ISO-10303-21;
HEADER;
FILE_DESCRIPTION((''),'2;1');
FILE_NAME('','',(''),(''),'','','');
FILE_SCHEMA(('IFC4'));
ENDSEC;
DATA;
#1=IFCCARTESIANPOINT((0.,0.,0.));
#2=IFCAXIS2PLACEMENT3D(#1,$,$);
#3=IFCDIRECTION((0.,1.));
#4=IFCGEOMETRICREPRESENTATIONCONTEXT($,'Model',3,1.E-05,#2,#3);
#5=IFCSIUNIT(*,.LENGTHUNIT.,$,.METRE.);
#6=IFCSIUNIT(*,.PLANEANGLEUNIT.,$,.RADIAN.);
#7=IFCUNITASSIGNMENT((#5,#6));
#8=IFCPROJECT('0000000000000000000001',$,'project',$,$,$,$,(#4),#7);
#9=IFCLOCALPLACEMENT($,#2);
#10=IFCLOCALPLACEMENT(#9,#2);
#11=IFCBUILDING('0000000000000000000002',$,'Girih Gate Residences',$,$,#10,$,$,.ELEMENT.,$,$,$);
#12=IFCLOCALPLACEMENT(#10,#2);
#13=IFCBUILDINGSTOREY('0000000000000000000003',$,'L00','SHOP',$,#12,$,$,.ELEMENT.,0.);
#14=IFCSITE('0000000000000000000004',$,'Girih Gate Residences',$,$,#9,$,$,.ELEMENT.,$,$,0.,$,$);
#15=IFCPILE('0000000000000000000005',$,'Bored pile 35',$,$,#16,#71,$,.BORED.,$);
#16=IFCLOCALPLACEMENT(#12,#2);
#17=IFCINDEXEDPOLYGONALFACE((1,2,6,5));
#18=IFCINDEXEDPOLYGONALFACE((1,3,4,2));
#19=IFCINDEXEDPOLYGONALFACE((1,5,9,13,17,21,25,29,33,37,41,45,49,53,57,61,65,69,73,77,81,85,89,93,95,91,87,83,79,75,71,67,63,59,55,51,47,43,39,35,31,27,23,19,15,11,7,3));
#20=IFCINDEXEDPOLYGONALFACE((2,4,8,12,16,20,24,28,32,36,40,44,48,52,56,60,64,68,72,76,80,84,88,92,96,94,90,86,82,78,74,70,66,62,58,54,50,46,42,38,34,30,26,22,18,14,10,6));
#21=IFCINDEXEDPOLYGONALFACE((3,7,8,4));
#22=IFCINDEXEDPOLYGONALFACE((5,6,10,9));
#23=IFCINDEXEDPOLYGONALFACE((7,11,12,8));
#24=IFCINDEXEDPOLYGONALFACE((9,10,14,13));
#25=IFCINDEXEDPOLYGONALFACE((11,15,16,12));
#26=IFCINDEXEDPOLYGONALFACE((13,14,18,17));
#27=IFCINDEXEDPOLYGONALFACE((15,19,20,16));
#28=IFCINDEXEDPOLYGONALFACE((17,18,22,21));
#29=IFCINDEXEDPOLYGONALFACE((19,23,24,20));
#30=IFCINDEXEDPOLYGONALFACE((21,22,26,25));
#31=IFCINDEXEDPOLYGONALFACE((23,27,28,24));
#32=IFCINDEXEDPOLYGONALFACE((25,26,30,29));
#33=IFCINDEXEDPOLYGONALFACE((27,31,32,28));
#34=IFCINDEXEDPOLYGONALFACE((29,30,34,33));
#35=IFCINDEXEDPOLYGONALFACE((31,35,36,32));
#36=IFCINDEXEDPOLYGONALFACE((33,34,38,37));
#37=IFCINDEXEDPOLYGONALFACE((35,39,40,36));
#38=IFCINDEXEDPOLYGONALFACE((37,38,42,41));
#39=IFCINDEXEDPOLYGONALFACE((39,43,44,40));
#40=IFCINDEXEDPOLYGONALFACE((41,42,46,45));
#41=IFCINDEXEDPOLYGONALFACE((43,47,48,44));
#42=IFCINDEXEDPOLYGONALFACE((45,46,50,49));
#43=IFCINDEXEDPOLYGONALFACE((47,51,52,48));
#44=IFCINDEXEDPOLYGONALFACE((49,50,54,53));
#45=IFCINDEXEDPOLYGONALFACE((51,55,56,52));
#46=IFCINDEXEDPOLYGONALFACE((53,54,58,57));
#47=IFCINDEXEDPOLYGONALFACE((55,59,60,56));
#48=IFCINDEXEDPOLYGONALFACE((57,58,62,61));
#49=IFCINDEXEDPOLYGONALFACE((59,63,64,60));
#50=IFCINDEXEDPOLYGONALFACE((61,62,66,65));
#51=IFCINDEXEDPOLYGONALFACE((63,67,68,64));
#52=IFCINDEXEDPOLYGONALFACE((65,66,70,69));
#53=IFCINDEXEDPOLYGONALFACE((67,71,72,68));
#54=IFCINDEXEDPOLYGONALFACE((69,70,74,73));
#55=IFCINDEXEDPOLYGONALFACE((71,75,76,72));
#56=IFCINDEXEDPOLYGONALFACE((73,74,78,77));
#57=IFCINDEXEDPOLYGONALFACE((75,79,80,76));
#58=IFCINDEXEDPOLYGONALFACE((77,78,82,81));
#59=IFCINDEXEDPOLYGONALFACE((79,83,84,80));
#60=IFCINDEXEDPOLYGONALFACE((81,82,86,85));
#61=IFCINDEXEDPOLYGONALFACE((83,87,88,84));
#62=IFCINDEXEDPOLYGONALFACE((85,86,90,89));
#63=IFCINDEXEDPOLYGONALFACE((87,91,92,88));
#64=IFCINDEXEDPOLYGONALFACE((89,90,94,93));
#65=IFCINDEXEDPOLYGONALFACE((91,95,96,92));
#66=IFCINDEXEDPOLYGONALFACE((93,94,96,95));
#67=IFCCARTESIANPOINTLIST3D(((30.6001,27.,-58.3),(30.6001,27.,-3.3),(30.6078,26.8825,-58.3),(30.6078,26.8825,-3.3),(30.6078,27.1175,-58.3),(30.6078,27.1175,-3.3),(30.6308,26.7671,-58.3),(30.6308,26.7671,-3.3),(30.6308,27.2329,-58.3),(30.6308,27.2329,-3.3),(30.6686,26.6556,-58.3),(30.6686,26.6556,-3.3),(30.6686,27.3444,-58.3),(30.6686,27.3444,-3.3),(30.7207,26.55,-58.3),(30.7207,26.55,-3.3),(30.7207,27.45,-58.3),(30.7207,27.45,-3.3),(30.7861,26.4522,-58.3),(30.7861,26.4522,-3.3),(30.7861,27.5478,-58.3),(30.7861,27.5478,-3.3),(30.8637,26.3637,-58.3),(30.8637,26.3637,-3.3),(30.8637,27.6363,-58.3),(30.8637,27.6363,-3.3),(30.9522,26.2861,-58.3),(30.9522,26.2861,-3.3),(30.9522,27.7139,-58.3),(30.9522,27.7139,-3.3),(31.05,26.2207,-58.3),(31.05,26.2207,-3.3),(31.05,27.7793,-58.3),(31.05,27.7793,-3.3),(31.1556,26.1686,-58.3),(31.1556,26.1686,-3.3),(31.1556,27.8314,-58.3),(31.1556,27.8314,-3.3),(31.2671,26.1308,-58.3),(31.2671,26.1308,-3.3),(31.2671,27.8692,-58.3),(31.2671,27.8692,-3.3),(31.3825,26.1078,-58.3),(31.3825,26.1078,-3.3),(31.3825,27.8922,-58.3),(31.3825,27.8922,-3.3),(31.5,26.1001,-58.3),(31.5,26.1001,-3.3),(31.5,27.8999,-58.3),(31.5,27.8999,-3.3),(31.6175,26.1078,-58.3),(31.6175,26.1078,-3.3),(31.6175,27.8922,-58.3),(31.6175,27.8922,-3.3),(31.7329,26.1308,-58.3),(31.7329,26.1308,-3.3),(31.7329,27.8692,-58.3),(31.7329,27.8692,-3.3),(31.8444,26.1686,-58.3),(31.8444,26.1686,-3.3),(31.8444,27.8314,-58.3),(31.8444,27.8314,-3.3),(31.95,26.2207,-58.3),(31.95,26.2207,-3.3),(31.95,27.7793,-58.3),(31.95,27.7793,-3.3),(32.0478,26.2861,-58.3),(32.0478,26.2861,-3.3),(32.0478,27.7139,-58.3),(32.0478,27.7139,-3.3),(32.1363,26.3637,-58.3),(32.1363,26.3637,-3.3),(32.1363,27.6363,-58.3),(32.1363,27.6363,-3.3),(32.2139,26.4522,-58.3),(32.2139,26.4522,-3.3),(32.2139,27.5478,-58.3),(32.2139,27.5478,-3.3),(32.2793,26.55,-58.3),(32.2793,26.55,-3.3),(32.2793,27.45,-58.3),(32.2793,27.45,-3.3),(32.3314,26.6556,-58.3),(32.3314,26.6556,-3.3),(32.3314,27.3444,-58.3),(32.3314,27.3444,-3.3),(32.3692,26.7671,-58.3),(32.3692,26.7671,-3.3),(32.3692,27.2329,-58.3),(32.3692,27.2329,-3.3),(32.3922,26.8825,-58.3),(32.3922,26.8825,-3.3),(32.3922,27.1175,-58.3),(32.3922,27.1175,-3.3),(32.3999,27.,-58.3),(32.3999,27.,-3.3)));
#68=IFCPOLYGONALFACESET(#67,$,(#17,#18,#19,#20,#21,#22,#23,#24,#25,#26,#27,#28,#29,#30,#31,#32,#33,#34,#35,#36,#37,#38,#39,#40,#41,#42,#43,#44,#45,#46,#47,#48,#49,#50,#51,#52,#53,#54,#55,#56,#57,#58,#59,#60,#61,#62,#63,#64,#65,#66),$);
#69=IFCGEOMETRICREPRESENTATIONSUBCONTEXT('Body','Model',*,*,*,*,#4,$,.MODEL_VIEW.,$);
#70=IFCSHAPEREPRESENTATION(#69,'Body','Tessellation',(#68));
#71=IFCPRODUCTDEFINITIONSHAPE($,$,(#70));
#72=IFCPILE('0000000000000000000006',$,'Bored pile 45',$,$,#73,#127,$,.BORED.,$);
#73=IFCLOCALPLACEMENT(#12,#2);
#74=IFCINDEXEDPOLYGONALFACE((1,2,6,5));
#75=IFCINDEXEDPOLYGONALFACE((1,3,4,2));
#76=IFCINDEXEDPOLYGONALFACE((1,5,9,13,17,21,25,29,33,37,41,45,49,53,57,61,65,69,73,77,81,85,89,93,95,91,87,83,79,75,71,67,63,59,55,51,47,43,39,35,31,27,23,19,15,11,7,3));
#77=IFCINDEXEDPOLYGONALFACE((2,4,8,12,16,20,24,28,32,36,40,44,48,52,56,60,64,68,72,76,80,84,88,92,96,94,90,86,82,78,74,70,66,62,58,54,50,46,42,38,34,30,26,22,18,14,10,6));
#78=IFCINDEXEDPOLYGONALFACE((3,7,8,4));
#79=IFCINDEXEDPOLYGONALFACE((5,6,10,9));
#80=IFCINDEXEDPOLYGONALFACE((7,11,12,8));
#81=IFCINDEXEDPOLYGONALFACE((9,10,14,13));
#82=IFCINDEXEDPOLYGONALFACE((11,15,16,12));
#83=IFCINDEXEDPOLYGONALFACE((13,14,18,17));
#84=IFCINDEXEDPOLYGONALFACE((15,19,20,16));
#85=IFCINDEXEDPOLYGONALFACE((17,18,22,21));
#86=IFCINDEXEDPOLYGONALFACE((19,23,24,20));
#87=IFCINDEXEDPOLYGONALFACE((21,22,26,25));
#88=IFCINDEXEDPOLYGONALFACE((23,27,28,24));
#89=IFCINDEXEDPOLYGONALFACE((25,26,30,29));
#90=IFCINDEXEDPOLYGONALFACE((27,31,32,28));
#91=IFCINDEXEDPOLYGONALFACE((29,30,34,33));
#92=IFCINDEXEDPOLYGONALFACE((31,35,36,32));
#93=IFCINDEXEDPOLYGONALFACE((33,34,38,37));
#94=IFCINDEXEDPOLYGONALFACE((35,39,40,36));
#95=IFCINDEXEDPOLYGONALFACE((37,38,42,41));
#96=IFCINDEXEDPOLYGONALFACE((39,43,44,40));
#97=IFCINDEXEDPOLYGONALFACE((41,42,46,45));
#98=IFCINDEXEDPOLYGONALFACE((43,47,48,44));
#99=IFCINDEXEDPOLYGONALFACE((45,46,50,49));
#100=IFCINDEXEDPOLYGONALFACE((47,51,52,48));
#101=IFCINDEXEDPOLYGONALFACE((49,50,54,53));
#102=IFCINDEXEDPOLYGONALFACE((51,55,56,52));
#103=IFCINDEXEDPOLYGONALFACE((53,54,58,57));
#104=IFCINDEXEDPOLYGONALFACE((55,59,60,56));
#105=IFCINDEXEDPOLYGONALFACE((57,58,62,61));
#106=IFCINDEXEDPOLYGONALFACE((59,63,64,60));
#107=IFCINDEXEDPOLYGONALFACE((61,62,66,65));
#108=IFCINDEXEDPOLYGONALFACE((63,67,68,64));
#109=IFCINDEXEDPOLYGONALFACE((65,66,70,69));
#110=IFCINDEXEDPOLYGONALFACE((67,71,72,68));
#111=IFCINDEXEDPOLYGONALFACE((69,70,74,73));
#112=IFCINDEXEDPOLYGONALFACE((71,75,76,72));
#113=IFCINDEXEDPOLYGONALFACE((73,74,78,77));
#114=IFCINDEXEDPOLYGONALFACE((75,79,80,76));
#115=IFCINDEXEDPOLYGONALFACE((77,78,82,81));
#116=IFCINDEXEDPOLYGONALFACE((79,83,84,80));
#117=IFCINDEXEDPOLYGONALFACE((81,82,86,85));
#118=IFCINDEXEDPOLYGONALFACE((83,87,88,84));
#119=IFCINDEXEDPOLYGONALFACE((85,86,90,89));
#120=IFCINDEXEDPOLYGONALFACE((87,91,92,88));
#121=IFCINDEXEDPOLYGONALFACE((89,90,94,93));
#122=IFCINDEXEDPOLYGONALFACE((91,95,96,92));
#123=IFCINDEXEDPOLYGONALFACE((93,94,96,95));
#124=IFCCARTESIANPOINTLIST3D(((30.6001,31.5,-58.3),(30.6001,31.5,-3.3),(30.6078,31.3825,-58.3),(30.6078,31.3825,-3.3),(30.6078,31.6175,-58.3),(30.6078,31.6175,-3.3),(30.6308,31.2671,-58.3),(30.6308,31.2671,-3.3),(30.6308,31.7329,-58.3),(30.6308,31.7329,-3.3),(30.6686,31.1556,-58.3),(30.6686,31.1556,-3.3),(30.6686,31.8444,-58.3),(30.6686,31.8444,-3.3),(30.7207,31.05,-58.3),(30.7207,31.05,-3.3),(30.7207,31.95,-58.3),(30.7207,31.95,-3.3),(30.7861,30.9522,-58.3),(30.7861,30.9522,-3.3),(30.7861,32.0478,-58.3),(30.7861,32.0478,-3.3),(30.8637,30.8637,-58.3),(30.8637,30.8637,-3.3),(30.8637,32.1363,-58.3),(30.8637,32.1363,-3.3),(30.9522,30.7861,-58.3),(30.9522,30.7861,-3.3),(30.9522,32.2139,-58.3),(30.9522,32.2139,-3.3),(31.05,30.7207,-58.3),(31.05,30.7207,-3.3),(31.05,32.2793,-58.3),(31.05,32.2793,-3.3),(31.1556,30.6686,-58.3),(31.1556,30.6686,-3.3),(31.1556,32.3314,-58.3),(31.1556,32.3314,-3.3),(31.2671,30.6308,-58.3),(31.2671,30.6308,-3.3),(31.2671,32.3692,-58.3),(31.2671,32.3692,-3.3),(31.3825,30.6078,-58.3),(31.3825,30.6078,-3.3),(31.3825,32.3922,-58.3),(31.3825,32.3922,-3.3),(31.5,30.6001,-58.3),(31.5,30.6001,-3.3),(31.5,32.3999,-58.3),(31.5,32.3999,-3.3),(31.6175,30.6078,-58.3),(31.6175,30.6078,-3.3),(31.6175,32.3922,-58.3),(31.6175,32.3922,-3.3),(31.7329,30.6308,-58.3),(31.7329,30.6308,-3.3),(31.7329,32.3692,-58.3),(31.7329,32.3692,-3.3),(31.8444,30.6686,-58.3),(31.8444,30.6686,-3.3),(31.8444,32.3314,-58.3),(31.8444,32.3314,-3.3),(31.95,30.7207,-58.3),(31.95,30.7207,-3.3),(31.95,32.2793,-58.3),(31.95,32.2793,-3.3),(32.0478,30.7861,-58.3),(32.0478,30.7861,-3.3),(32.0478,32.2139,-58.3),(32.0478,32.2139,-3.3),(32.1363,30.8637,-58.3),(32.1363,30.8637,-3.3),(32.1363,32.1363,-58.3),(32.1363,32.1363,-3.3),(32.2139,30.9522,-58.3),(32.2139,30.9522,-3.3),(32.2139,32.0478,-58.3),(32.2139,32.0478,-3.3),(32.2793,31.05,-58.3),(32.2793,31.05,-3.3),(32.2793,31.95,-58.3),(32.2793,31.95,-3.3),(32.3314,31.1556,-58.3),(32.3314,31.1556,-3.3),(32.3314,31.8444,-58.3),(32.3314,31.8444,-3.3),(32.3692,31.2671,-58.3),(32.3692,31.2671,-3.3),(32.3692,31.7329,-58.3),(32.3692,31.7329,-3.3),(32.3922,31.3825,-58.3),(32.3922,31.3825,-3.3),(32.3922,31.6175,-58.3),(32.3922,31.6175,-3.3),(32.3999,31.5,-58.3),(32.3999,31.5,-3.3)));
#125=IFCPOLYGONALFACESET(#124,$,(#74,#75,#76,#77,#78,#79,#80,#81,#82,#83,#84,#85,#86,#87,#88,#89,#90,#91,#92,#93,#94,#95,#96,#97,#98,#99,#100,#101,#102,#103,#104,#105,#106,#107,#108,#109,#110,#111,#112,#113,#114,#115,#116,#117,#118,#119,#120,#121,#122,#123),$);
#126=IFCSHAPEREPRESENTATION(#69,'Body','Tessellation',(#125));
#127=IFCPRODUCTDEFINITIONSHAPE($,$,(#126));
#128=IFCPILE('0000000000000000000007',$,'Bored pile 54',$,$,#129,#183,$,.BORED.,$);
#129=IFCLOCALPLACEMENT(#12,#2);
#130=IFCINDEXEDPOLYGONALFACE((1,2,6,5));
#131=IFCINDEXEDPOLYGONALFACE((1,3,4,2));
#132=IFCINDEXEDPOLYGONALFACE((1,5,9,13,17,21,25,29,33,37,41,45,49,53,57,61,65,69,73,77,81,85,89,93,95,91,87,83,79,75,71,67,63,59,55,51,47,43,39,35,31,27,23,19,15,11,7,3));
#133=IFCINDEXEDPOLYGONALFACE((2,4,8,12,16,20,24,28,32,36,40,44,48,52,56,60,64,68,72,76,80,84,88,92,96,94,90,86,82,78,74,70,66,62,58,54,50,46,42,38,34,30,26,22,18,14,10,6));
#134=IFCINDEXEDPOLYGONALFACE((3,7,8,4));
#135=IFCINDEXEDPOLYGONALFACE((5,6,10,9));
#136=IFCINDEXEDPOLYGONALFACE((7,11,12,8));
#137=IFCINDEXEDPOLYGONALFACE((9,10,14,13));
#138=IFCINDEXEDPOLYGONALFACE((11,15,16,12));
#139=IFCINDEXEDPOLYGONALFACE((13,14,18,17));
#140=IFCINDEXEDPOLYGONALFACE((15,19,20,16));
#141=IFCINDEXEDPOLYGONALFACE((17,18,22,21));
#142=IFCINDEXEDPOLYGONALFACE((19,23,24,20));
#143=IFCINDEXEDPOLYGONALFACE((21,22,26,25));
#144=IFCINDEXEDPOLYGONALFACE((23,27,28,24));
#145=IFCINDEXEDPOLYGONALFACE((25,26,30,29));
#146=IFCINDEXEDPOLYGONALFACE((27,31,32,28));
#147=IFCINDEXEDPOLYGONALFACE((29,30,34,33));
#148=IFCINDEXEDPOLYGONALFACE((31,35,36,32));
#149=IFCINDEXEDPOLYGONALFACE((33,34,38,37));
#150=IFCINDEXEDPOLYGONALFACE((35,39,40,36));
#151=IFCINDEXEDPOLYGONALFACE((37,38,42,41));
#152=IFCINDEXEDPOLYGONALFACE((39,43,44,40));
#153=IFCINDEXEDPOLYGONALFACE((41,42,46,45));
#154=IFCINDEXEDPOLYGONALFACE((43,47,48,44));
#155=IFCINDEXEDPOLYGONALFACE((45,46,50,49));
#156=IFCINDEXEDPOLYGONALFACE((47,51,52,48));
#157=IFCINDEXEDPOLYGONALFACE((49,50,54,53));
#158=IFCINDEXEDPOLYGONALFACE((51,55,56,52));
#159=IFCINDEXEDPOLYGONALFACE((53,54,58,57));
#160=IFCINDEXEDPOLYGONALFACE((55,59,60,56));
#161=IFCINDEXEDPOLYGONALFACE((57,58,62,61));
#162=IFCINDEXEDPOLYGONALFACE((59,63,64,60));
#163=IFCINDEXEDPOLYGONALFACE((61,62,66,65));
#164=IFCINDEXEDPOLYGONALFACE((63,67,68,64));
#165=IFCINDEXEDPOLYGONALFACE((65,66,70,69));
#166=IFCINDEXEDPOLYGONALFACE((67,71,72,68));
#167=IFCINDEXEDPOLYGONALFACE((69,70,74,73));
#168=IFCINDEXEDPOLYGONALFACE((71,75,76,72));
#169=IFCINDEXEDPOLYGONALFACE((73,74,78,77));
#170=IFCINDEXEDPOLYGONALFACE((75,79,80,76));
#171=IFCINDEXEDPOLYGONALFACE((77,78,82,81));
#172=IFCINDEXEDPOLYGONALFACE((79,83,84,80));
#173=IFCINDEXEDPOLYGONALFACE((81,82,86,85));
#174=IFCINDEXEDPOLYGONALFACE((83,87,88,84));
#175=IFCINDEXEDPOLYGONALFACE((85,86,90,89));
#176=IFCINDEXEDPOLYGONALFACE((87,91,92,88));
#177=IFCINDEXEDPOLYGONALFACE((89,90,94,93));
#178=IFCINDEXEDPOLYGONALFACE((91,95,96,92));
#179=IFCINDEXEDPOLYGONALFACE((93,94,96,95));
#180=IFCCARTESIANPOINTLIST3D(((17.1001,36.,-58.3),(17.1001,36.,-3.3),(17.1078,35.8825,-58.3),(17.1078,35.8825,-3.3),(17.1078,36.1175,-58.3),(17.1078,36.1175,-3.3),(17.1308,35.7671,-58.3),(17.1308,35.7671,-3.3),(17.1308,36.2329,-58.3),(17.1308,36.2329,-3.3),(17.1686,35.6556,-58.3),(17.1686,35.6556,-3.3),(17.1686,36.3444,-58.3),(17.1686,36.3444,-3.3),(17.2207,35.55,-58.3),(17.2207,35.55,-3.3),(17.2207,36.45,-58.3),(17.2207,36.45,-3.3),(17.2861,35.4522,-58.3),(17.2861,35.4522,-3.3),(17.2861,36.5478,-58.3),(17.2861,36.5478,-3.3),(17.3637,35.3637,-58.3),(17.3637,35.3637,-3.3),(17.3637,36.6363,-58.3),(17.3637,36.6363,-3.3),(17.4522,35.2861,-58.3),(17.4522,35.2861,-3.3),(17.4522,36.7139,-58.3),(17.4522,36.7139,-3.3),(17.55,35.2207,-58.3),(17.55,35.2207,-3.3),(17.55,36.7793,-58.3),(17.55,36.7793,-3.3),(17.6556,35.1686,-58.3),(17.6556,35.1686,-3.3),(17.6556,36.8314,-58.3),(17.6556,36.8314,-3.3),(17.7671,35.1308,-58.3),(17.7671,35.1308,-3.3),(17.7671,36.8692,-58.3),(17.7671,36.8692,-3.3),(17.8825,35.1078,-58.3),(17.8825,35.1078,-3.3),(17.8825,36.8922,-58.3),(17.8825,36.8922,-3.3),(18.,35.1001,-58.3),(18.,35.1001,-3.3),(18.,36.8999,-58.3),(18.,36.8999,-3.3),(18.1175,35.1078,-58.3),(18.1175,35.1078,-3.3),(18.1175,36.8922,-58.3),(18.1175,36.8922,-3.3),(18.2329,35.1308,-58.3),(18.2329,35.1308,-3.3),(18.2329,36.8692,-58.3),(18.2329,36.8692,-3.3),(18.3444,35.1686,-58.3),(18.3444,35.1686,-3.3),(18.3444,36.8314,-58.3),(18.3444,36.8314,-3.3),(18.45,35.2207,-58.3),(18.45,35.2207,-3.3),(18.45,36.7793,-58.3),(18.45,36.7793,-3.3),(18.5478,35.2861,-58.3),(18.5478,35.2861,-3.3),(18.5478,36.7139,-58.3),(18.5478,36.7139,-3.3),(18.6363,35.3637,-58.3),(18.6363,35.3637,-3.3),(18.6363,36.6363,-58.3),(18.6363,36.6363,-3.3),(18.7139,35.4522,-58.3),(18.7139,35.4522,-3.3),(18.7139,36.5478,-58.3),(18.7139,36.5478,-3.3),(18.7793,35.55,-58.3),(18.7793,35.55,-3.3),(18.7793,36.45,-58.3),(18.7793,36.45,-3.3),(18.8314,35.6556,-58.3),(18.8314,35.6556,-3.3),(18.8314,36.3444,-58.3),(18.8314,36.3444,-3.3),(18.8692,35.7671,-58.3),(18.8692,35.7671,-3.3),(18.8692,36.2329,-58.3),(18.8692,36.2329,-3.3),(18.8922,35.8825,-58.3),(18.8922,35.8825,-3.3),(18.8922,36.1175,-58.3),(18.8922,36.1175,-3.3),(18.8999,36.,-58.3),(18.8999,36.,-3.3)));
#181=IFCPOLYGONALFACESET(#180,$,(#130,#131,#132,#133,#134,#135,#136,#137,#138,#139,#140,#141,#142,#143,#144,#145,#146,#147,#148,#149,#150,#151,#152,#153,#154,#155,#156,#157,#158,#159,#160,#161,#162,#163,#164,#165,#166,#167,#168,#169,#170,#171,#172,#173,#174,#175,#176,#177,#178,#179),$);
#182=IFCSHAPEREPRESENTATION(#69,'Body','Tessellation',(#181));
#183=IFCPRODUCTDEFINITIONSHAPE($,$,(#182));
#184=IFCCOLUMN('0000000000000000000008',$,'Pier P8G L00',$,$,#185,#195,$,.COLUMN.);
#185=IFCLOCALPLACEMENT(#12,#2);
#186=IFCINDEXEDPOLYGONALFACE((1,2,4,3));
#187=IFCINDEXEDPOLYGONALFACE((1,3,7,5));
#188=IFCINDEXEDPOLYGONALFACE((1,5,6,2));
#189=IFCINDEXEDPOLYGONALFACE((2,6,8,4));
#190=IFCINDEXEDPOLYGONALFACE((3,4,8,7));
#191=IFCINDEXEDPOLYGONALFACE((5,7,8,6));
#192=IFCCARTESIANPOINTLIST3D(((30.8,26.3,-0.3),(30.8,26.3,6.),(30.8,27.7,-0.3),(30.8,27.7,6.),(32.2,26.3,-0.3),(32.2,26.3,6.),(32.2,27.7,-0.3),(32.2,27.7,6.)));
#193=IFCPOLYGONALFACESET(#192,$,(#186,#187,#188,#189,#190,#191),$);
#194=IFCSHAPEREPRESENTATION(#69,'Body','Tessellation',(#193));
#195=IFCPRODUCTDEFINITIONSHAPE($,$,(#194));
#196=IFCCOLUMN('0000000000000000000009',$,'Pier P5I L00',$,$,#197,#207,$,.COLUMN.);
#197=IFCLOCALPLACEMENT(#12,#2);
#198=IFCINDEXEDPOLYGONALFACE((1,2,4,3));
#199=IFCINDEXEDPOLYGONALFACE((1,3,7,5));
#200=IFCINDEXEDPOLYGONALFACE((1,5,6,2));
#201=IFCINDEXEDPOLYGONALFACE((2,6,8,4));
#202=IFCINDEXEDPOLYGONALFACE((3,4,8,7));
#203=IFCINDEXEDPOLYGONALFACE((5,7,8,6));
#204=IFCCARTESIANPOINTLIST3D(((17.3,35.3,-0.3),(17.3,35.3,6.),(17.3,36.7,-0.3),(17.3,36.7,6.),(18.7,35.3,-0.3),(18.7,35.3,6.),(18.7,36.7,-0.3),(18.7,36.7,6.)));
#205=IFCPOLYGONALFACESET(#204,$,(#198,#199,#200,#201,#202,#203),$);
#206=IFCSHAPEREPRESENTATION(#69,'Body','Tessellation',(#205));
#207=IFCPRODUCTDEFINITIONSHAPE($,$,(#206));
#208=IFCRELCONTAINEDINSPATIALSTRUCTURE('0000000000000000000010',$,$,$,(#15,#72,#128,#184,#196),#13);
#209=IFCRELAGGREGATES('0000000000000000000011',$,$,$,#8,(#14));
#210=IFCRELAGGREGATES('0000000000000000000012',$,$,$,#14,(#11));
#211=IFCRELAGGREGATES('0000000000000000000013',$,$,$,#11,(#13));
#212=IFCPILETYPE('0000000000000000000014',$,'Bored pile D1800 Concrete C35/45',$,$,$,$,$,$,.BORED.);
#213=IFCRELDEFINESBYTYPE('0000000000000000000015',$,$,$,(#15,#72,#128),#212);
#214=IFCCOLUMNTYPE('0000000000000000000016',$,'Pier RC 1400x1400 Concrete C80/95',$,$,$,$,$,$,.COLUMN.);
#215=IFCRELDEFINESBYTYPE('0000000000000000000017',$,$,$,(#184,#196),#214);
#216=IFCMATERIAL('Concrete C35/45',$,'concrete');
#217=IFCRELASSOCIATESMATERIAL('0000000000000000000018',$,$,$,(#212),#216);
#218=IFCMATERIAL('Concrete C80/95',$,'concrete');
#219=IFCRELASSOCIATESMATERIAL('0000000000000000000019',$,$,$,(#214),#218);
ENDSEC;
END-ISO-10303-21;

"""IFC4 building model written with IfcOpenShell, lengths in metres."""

from ifc_helpers import new_model, si_unit, direction, frame, origin, origin_2d, place, context, subcontext, project, spatial, rectangle, circle, extrude, material, material_profile, profile_set, type_object, element, save


model = new_model("IFC4")

# Units and contexts
model_context = context("Model", 3, precision=1e-05, world=origin(), true_north=direction((0.0, 1.0)))
body_context = subcontext(model_context, "Body", "Model", "MODEL_VIEW")
ifc_project = project(units=[si_unit("LENGTHUNIT", "METRE"), si_unit("PLANEANGLEUNIT", "RADIAN")], contexts=[model_context])

# Site, building, storey
site_placement = place(None, origin())
site = spatial("IfcSite", under=ifc_project, at=site_placement, Name="Girih Gate Residences", CompositionType="ELEMENT", RefElevation=0.0)
building_placement = place(site_placement, origin())
building = spatial("IfcBuilding", under=site, at=building_placement, Name="Girih Gate Residences", CompositionType="ELEMENT")
storey_placement = place(building_placement, origin())
storey = spatial("IfcBuildingStorey", under=building, at=storey_placement, Name="L00", Description="SHOP", CompositionType="ELEMENT", Elevation=0.0)

# Piles
ifc_material_1 = material(Name="Concrete C35/45", Category="concrete")
ifc_material_profile_1 = material_profile(ifc_material_1, circle(Radius=0.8999, at=origin_2d()))
ifc_profile_set_1 = profile_set([ifc_material_profile_1], Name="Concrete C35/45")
pile_type = type_object("IfcPileType", Name="Bored pile D1800 Concrete C35/45", PredefinedType="BORED", material=ifc_profile_set_1)
for number, where, z_axis, x_axis, name in (
    (1, (31.5, 27.0, -3.3), (0.0, 0.0, -1.0), (1.0, 0.0, 0.0), "Bored pile 35"),
    (2, (31.5, 31.5, -3.3), (0.0, 0.0, -1.0), (1.0, 0.0, 0.0), "Bored pile 45"),
    (3, (18.0, 36.0, -3.3), (0.0, 0.0, -1.0), (1.0, 0.0, 0.0), "Bored pile 54"),
):
    element("IfcPile", number, at=place(storey_placement, frame(where, z_axis=z_axis, x_axis=x_axis)), inside=storey, type_object=pile_type, Name=name, PredefinedType="BORED", context=body_context, shape_type="SweptSolid", body=[
        extrude(circle(Radius=0.8999, at=origin_2d()), origin(), (0.0, 0.0, 1.0), 55.0),
    ])

# Columns
ifc_material_2 = material(Name="Concrete C80/95", Category="concrete")
ifc_material_profile_2 = material_profile(ifc_material_2, rectangle(XDim=1.3999, YDim=1.3999, at=origin_2d()))
ifc_profile_set_2 = profile_set([ifc_material_profile_2], Name="Concrete C80/95")
column_type = type_object("IfcColumnType", Name="Pier RC 1400x1400 Concrete C80/95", PredefinedType="COLUMN", material=ifc_profile_set_2)
for number, where, z_axis, x_axis, name in (
    (4, (31.5, 27.0, -0.3), (0.0, 0.0, 1.0), (1.0, 0.0, 0.0), "Pier P8G L00"),
    (5, (18.0, 36.0, -0.3), (0.0, 0.0, 1.0), (1.0, 0.0, 0.0), "Pier P5I L00"),
):
    element("IfcColumn", number, at=place(storey_placement, frame(where, z_axis=z_axis, x_axis=x_axis)), inside=storey, type_object=column_type, Name=name, PredefinedType="COLUMN", context=body_context, shape_type="SweptSolid", body=[
        extrude(rectangle(XDim=1.3999, YDim=1.3999, at=origin_2d()), origin(), (0.0, 0.0, 1.0), 6.3),
    ])

save(model, "model.ifc")
